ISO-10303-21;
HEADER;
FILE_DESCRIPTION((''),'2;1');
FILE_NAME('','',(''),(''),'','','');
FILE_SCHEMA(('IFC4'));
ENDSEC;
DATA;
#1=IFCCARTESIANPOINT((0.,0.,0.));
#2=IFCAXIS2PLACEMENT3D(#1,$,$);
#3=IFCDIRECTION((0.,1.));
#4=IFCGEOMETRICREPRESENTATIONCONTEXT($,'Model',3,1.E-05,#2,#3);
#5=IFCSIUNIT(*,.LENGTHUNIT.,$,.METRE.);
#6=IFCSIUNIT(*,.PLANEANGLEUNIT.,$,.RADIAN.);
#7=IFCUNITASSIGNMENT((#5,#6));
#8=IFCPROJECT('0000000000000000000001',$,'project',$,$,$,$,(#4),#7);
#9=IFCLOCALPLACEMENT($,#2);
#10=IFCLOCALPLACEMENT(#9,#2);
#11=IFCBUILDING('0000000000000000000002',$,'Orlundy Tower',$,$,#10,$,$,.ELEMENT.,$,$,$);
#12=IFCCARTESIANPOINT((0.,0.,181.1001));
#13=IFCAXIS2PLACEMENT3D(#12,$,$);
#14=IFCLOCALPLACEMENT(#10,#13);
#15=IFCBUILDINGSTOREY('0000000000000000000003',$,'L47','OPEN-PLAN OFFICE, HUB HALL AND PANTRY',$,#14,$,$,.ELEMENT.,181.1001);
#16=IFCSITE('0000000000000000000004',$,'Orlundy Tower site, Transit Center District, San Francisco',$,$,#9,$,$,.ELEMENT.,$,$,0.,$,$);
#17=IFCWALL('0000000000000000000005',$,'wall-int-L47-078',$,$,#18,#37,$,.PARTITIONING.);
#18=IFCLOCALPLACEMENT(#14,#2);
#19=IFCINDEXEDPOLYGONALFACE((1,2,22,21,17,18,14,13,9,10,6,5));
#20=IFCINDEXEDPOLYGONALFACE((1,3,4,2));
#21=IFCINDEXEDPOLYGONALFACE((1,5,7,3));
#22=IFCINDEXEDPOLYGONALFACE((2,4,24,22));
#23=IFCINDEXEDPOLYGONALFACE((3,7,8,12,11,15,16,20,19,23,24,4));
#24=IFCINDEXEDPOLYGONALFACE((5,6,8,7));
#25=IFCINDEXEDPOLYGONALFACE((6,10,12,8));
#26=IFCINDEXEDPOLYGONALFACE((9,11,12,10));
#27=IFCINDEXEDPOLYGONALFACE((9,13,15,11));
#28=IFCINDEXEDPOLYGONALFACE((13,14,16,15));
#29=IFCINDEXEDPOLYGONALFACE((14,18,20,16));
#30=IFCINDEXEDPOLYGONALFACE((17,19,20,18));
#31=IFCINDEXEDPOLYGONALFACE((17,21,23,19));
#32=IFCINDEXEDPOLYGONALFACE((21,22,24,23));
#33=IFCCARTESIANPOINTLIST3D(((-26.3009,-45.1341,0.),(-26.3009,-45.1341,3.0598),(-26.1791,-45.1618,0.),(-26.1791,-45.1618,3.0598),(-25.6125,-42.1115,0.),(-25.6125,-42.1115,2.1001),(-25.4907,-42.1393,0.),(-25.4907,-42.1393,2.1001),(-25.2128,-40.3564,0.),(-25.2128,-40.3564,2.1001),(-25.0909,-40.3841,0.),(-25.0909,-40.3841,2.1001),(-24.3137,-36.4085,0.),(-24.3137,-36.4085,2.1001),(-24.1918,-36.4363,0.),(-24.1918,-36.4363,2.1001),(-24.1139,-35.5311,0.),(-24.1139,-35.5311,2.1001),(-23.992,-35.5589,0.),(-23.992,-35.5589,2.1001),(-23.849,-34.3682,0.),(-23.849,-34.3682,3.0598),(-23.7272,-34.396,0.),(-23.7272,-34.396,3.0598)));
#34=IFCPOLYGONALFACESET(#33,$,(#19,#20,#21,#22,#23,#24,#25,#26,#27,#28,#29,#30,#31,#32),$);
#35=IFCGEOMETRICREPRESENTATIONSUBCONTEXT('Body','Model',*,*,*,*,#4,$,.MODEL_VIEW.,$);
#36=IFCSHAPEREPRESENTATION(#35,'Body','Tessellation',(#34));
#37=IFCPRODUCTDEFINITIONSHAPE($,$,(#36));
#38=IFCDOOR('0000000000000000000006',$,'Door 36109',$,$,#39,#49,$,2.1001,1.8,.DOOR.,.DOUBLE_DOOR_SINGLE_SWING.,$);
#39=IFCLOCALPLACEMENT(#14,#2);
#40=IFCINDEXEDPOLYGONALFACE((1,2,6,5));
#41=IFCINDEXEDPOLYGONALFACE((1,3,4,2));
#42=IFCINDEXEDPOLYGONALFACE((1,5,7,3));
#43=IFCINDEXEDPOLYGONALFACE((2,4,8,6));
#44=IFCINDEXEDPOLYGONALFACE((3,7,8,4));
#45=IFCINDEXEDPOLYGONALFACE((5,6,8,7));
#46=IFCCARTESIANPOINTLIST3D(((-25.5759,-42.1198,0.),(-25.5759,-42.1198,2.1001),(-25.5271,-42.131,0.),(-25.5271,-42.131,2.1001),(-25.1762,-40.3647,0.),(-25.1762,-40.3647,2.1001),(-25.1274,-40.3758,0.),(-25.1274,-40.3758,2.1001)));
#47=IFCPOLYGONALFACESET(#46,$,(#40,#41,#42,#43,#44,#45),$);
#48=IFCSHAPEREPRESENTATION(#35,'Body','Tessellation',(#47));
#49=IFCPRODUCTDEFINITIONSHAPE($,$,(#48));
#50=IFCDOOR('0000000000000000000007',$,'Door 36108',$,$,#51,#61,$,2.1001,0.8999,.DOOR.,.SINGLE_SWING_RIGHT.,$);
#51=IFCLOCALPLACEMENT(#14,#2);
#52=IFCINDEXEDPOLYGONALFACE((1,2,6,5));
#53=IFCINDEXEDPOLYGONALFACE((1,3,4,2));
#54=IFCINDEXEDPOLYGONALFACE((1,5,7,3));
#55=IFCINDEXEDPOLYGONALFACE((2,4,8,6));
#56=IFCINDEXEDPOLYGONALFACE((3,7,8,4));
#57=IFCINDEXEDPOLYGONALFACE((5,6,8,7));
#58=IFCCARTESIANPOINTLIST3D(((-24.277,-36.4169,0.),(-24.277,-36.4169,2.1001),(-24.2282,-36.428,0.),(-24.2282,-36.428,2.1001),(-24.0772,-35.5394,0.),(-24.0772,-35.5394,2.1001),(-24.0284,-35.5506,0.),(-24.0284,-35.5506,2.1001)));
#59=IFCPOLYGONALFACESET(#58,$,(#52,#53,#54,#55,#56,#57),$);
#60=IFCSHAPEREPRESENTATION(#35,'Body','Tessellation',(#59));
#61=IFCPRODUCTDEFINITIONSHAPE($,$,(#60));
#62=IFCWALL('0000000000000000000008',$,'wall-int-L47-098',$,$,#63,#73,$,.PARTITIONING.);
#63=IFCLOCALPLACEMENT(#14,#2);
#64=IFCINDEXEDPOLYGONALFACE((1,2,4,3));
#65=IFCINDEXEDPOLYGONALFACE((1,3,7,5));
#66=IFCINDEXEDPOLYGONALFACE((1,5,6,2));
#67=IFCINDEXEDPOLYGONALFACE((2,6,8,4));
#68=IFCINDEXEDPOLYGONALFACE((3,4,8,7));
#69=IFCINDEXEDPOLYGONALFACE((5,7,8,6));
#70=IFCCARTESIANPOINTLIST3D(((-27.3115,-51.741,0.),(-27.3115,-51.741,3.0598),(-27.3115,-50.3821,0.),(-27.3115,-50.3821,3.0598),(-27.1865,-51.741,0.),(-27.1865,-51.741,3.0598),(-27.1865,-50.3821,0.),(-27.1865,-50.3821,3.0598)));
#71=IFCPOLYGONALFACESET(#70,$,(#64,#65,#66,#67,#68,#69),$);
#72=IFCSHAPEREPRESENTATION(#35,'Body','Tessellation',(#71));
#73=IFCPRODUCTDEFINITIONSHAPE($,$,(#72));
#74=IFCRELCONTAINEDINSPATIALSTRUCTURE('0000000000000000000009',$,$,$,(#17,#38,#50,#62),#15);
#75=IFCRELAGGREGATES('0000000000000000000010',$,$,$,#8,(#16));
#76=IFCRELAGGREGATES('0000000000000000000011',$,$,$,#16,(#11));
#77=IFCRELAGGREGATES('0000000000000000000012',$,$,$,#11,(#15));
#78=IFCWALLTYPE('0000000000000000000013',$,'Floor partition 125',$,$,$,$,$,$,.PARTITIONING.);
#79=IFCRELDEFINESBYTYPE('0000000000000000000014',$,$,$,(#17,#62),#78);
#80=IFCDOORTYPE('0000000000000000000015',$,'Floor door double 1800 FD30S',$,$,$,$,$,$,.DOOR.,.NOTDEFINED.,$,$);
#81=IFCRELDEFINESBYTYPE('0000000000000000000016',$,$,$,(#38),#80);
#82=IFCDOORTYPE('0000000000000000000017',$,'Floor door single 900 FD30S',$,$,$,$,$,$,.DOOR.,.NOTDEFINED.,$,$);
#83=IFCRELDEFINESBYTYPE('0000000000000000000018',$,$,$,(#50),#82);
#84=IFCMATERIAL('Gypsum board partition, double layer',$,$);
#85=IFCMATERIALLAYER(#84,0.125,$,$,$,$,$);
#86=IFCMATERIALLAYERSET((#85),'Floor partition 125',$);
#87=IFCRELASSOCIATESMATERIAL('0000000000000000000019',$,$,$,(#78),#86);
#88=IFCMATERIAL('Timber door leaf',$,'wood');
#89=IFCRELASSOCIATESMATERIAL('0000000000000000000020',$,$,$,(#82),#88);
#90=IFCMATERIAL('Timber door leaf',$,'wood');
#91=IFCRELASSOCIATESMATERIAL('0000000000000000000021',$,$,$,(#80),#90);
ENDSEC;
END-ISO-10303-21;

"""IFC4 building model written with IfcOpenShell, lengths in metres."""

from ifc_helpers import new_model, si_unit, direction, frame, frame_2d, origin, place, context, subcontext, project, spatial, rectangle, extrude, material, layer, layer_set, type_object, element, fill, save


model = new_model("IFC4")

# Units and contexts
model_context = context("Model", 3, precision=1e-05, world=origin(), true_north=direction((0.0, 1.0)))
body_context = subcontext(model_context, "Body", "Model", "MODEL_VIEW")
ifc_project = project(units=[si_unit("LENGTHUNIT", "METRE"), si_unit("PLANEANGLEUNIT", "RADIAN")], contexts=[model_context])

# Site, building, storey
site_placement = place(None, origin())
site = spatial("IfcSite", under=ifc_project, at=site_placement, Name="Orlundy Tower site, Transit Center District, San Francisco", CompositionType="ELEMENT", RefElevation=0.0)
building_placement = place(site_placement, origin())
building = spatial("IfcBuilding", under=site, at=building_placement, Name="Orlundy Tower", CompositionType="ELEMENT")
storey_placement = place(building_placement, frame((0.0, 0.0, 181.1001)))
storey = spatial("IfcBuildingStorey", under=building, at=storey_placement, Name="L47", Description="OPEN-PLAN OFFICE, HUB HALL AND PANTRY", CompositionType="ELEMENT", Elevation=181.1001)

# Shared definitions
ifc_material_1 = material(Name="Gypsum board partition, double layer")
ifc_layer_1 = layer(ifc_material_1, 0.125)
ifc_layer_set_1 = layer_set([ifc_layer_1], Name="Floor partition 125")
wall_type_1 = type_object("IfcWallType", Name="Floor partition 125", PredefinedType="PARTITIONING", material=ifc_layer_set_1)

# Shared definitions
ifc_material_2 = material(Name="Timber door leaf", Category="wood")
door_type_1 = type_object("IfcDoorType", Name="Floor door single 900 FD30S", OperationType="NOTDEFINED", PredefinedType="DOOR", material=ifc_material_2)

# Wall, openings, doors
wall_1_placement = place(storey_placement, frame((-26.24, -45.1479, 0.0), z_axis=(0.0, 0.0, 1.0), x_axis=(0.222062, 0.975033, 0.0)))
wall_1 = element("IfcWall", 1, at=wall_1_placement, inside=storey, type_object=wall_type_1, Name="wall-int-L47-078", PredefinedType="PARTITIONING", context=body_context, shape_type="SweptSolid", body=[
    extrude(rectangle(XDim=11.0415, YDim=0.125, at=frame_2d((5.5208, 0.0))), origin(), (0.0, 0.0, 1.0), 3.0598),
])
opening_1_placement = place(wall_1_placement, frame((8.949, 0.0, 0.0)))
opening_1 = element("IfcOpeningElement", 2, at=opening_1_placement, cuts=wall_1, PredefinedType="OPENING", context=body_context, shape_type="SweptSolid", body=[
    extrude(rectangle(XDim=0.8999, YDim=2.1001, at=frame_2d((0.45, 1.05))), frame((0.0, 0.0725, 0.0), z_axis=(0.0, -1.0, 0.0), x_axis=(1.0, 0.0, 0.0)), (0.0, 0.0, 1.0), 0.145),
])
opening_2_placement = place(wall_1_placement, frame((3.1001, 0.0, 0.0)))
opening_2 = element("IfcOpeningElement", 3, at=opening_2_placement, cuts=wall_1, PredefinedType="OPENING", context=body_context, shape_type="SweptSolid", body=[
    extrude(rectangle(XDim=1.8, YDim=2.1001, at=frame_2d((0.8999, 1.05))), frame((0.0, 0.0725, 0.0), z_axis=(0.0, -1.0, 0.0), x_axis=(1.0, 0.0, 0.0)), (0.0, 0.0, 1.0), 0.145),
])
ifc_material_3 = material(Name="Timber door leaf", Category="wood")
door_type_2 = type_object("IfcDoorType", Name="Floor door double 1800 FD30S", OperationType="NOTDEFINED", PredefinedType="DOOR", material=ifc_material_3)
door_1_placement = place(opening_2_placement, origin())
door_1 = element("IfcDoor", 4, at=door_1_placement, inside=storey, type_object=door_type_2, Name="Door 36109", OperationType="DOUBLE_DOOR_SINGLE_SWING", OverallHeight=2.1001, OverallWidth=1.8, PredefinedType="DOOR", context=body_context, shape_type="SweptSolid", body=[
    extrude(rectangle(XDim=1.8, YDim=2.1001, at=frame_2d((0.8999, 1.05))), frame((0.0, 0.0249, 0.0), z_axis=(0.0, -1.0, 0.0), x_axis=(1.0, 0.0, 0.0)), (0.0, 0.0, 1.0), 0.05),
])
fill(opening_2, door_1)
door_2_placement = place(opening_1_placement, origin())
door_2 = element("IfcDoor", 5, at=door_2_placement, inside=storey, type_object=door_type_1, Name="Door 36108", OperationType="SINGLE_SWING_RIGHT", OverallHeight=2.1001, OverallWidth=0.8999, PredefinedType="DOOR", context=body_context, shape_type="SweptSolid", body=[
    extrude(rectangle(XDim=0.8999, YDim=2.1001, at=frame_2d((0.45, 1.05))), frame((0.0, 0.0249, 0.0), z_axis=(0.0, -1.0, 0.0), x_axis=(1.0, 0.0, 0.0)), (0.0, 0.0, 1.0), 0.05),
])
fill(opening_1, door_2)

# Wall
wall_2_placement = place(storey_placement, frame((-27.249, -51.741, 0.0), z_axis=(0.0, 0.0, 1.0), x_axis=(0.0, 1.0, 0.0)))
element("IfcWall", 6, at=wall_2_placement, inside=storey, type_object=wall_type_1, Name="wall-int-L47-098", PredefinedType="PARTITIONING", context=body_context, shape_type="SweptSolid", body=[
    extrude(rectangle(XDim=1.3589, YDim=0.125, at=frame_2d((0.6794, 0.0))), origin(), (0.0, 0.0, 1.0), 3.0598),
])

save(model, "model.ifc")
